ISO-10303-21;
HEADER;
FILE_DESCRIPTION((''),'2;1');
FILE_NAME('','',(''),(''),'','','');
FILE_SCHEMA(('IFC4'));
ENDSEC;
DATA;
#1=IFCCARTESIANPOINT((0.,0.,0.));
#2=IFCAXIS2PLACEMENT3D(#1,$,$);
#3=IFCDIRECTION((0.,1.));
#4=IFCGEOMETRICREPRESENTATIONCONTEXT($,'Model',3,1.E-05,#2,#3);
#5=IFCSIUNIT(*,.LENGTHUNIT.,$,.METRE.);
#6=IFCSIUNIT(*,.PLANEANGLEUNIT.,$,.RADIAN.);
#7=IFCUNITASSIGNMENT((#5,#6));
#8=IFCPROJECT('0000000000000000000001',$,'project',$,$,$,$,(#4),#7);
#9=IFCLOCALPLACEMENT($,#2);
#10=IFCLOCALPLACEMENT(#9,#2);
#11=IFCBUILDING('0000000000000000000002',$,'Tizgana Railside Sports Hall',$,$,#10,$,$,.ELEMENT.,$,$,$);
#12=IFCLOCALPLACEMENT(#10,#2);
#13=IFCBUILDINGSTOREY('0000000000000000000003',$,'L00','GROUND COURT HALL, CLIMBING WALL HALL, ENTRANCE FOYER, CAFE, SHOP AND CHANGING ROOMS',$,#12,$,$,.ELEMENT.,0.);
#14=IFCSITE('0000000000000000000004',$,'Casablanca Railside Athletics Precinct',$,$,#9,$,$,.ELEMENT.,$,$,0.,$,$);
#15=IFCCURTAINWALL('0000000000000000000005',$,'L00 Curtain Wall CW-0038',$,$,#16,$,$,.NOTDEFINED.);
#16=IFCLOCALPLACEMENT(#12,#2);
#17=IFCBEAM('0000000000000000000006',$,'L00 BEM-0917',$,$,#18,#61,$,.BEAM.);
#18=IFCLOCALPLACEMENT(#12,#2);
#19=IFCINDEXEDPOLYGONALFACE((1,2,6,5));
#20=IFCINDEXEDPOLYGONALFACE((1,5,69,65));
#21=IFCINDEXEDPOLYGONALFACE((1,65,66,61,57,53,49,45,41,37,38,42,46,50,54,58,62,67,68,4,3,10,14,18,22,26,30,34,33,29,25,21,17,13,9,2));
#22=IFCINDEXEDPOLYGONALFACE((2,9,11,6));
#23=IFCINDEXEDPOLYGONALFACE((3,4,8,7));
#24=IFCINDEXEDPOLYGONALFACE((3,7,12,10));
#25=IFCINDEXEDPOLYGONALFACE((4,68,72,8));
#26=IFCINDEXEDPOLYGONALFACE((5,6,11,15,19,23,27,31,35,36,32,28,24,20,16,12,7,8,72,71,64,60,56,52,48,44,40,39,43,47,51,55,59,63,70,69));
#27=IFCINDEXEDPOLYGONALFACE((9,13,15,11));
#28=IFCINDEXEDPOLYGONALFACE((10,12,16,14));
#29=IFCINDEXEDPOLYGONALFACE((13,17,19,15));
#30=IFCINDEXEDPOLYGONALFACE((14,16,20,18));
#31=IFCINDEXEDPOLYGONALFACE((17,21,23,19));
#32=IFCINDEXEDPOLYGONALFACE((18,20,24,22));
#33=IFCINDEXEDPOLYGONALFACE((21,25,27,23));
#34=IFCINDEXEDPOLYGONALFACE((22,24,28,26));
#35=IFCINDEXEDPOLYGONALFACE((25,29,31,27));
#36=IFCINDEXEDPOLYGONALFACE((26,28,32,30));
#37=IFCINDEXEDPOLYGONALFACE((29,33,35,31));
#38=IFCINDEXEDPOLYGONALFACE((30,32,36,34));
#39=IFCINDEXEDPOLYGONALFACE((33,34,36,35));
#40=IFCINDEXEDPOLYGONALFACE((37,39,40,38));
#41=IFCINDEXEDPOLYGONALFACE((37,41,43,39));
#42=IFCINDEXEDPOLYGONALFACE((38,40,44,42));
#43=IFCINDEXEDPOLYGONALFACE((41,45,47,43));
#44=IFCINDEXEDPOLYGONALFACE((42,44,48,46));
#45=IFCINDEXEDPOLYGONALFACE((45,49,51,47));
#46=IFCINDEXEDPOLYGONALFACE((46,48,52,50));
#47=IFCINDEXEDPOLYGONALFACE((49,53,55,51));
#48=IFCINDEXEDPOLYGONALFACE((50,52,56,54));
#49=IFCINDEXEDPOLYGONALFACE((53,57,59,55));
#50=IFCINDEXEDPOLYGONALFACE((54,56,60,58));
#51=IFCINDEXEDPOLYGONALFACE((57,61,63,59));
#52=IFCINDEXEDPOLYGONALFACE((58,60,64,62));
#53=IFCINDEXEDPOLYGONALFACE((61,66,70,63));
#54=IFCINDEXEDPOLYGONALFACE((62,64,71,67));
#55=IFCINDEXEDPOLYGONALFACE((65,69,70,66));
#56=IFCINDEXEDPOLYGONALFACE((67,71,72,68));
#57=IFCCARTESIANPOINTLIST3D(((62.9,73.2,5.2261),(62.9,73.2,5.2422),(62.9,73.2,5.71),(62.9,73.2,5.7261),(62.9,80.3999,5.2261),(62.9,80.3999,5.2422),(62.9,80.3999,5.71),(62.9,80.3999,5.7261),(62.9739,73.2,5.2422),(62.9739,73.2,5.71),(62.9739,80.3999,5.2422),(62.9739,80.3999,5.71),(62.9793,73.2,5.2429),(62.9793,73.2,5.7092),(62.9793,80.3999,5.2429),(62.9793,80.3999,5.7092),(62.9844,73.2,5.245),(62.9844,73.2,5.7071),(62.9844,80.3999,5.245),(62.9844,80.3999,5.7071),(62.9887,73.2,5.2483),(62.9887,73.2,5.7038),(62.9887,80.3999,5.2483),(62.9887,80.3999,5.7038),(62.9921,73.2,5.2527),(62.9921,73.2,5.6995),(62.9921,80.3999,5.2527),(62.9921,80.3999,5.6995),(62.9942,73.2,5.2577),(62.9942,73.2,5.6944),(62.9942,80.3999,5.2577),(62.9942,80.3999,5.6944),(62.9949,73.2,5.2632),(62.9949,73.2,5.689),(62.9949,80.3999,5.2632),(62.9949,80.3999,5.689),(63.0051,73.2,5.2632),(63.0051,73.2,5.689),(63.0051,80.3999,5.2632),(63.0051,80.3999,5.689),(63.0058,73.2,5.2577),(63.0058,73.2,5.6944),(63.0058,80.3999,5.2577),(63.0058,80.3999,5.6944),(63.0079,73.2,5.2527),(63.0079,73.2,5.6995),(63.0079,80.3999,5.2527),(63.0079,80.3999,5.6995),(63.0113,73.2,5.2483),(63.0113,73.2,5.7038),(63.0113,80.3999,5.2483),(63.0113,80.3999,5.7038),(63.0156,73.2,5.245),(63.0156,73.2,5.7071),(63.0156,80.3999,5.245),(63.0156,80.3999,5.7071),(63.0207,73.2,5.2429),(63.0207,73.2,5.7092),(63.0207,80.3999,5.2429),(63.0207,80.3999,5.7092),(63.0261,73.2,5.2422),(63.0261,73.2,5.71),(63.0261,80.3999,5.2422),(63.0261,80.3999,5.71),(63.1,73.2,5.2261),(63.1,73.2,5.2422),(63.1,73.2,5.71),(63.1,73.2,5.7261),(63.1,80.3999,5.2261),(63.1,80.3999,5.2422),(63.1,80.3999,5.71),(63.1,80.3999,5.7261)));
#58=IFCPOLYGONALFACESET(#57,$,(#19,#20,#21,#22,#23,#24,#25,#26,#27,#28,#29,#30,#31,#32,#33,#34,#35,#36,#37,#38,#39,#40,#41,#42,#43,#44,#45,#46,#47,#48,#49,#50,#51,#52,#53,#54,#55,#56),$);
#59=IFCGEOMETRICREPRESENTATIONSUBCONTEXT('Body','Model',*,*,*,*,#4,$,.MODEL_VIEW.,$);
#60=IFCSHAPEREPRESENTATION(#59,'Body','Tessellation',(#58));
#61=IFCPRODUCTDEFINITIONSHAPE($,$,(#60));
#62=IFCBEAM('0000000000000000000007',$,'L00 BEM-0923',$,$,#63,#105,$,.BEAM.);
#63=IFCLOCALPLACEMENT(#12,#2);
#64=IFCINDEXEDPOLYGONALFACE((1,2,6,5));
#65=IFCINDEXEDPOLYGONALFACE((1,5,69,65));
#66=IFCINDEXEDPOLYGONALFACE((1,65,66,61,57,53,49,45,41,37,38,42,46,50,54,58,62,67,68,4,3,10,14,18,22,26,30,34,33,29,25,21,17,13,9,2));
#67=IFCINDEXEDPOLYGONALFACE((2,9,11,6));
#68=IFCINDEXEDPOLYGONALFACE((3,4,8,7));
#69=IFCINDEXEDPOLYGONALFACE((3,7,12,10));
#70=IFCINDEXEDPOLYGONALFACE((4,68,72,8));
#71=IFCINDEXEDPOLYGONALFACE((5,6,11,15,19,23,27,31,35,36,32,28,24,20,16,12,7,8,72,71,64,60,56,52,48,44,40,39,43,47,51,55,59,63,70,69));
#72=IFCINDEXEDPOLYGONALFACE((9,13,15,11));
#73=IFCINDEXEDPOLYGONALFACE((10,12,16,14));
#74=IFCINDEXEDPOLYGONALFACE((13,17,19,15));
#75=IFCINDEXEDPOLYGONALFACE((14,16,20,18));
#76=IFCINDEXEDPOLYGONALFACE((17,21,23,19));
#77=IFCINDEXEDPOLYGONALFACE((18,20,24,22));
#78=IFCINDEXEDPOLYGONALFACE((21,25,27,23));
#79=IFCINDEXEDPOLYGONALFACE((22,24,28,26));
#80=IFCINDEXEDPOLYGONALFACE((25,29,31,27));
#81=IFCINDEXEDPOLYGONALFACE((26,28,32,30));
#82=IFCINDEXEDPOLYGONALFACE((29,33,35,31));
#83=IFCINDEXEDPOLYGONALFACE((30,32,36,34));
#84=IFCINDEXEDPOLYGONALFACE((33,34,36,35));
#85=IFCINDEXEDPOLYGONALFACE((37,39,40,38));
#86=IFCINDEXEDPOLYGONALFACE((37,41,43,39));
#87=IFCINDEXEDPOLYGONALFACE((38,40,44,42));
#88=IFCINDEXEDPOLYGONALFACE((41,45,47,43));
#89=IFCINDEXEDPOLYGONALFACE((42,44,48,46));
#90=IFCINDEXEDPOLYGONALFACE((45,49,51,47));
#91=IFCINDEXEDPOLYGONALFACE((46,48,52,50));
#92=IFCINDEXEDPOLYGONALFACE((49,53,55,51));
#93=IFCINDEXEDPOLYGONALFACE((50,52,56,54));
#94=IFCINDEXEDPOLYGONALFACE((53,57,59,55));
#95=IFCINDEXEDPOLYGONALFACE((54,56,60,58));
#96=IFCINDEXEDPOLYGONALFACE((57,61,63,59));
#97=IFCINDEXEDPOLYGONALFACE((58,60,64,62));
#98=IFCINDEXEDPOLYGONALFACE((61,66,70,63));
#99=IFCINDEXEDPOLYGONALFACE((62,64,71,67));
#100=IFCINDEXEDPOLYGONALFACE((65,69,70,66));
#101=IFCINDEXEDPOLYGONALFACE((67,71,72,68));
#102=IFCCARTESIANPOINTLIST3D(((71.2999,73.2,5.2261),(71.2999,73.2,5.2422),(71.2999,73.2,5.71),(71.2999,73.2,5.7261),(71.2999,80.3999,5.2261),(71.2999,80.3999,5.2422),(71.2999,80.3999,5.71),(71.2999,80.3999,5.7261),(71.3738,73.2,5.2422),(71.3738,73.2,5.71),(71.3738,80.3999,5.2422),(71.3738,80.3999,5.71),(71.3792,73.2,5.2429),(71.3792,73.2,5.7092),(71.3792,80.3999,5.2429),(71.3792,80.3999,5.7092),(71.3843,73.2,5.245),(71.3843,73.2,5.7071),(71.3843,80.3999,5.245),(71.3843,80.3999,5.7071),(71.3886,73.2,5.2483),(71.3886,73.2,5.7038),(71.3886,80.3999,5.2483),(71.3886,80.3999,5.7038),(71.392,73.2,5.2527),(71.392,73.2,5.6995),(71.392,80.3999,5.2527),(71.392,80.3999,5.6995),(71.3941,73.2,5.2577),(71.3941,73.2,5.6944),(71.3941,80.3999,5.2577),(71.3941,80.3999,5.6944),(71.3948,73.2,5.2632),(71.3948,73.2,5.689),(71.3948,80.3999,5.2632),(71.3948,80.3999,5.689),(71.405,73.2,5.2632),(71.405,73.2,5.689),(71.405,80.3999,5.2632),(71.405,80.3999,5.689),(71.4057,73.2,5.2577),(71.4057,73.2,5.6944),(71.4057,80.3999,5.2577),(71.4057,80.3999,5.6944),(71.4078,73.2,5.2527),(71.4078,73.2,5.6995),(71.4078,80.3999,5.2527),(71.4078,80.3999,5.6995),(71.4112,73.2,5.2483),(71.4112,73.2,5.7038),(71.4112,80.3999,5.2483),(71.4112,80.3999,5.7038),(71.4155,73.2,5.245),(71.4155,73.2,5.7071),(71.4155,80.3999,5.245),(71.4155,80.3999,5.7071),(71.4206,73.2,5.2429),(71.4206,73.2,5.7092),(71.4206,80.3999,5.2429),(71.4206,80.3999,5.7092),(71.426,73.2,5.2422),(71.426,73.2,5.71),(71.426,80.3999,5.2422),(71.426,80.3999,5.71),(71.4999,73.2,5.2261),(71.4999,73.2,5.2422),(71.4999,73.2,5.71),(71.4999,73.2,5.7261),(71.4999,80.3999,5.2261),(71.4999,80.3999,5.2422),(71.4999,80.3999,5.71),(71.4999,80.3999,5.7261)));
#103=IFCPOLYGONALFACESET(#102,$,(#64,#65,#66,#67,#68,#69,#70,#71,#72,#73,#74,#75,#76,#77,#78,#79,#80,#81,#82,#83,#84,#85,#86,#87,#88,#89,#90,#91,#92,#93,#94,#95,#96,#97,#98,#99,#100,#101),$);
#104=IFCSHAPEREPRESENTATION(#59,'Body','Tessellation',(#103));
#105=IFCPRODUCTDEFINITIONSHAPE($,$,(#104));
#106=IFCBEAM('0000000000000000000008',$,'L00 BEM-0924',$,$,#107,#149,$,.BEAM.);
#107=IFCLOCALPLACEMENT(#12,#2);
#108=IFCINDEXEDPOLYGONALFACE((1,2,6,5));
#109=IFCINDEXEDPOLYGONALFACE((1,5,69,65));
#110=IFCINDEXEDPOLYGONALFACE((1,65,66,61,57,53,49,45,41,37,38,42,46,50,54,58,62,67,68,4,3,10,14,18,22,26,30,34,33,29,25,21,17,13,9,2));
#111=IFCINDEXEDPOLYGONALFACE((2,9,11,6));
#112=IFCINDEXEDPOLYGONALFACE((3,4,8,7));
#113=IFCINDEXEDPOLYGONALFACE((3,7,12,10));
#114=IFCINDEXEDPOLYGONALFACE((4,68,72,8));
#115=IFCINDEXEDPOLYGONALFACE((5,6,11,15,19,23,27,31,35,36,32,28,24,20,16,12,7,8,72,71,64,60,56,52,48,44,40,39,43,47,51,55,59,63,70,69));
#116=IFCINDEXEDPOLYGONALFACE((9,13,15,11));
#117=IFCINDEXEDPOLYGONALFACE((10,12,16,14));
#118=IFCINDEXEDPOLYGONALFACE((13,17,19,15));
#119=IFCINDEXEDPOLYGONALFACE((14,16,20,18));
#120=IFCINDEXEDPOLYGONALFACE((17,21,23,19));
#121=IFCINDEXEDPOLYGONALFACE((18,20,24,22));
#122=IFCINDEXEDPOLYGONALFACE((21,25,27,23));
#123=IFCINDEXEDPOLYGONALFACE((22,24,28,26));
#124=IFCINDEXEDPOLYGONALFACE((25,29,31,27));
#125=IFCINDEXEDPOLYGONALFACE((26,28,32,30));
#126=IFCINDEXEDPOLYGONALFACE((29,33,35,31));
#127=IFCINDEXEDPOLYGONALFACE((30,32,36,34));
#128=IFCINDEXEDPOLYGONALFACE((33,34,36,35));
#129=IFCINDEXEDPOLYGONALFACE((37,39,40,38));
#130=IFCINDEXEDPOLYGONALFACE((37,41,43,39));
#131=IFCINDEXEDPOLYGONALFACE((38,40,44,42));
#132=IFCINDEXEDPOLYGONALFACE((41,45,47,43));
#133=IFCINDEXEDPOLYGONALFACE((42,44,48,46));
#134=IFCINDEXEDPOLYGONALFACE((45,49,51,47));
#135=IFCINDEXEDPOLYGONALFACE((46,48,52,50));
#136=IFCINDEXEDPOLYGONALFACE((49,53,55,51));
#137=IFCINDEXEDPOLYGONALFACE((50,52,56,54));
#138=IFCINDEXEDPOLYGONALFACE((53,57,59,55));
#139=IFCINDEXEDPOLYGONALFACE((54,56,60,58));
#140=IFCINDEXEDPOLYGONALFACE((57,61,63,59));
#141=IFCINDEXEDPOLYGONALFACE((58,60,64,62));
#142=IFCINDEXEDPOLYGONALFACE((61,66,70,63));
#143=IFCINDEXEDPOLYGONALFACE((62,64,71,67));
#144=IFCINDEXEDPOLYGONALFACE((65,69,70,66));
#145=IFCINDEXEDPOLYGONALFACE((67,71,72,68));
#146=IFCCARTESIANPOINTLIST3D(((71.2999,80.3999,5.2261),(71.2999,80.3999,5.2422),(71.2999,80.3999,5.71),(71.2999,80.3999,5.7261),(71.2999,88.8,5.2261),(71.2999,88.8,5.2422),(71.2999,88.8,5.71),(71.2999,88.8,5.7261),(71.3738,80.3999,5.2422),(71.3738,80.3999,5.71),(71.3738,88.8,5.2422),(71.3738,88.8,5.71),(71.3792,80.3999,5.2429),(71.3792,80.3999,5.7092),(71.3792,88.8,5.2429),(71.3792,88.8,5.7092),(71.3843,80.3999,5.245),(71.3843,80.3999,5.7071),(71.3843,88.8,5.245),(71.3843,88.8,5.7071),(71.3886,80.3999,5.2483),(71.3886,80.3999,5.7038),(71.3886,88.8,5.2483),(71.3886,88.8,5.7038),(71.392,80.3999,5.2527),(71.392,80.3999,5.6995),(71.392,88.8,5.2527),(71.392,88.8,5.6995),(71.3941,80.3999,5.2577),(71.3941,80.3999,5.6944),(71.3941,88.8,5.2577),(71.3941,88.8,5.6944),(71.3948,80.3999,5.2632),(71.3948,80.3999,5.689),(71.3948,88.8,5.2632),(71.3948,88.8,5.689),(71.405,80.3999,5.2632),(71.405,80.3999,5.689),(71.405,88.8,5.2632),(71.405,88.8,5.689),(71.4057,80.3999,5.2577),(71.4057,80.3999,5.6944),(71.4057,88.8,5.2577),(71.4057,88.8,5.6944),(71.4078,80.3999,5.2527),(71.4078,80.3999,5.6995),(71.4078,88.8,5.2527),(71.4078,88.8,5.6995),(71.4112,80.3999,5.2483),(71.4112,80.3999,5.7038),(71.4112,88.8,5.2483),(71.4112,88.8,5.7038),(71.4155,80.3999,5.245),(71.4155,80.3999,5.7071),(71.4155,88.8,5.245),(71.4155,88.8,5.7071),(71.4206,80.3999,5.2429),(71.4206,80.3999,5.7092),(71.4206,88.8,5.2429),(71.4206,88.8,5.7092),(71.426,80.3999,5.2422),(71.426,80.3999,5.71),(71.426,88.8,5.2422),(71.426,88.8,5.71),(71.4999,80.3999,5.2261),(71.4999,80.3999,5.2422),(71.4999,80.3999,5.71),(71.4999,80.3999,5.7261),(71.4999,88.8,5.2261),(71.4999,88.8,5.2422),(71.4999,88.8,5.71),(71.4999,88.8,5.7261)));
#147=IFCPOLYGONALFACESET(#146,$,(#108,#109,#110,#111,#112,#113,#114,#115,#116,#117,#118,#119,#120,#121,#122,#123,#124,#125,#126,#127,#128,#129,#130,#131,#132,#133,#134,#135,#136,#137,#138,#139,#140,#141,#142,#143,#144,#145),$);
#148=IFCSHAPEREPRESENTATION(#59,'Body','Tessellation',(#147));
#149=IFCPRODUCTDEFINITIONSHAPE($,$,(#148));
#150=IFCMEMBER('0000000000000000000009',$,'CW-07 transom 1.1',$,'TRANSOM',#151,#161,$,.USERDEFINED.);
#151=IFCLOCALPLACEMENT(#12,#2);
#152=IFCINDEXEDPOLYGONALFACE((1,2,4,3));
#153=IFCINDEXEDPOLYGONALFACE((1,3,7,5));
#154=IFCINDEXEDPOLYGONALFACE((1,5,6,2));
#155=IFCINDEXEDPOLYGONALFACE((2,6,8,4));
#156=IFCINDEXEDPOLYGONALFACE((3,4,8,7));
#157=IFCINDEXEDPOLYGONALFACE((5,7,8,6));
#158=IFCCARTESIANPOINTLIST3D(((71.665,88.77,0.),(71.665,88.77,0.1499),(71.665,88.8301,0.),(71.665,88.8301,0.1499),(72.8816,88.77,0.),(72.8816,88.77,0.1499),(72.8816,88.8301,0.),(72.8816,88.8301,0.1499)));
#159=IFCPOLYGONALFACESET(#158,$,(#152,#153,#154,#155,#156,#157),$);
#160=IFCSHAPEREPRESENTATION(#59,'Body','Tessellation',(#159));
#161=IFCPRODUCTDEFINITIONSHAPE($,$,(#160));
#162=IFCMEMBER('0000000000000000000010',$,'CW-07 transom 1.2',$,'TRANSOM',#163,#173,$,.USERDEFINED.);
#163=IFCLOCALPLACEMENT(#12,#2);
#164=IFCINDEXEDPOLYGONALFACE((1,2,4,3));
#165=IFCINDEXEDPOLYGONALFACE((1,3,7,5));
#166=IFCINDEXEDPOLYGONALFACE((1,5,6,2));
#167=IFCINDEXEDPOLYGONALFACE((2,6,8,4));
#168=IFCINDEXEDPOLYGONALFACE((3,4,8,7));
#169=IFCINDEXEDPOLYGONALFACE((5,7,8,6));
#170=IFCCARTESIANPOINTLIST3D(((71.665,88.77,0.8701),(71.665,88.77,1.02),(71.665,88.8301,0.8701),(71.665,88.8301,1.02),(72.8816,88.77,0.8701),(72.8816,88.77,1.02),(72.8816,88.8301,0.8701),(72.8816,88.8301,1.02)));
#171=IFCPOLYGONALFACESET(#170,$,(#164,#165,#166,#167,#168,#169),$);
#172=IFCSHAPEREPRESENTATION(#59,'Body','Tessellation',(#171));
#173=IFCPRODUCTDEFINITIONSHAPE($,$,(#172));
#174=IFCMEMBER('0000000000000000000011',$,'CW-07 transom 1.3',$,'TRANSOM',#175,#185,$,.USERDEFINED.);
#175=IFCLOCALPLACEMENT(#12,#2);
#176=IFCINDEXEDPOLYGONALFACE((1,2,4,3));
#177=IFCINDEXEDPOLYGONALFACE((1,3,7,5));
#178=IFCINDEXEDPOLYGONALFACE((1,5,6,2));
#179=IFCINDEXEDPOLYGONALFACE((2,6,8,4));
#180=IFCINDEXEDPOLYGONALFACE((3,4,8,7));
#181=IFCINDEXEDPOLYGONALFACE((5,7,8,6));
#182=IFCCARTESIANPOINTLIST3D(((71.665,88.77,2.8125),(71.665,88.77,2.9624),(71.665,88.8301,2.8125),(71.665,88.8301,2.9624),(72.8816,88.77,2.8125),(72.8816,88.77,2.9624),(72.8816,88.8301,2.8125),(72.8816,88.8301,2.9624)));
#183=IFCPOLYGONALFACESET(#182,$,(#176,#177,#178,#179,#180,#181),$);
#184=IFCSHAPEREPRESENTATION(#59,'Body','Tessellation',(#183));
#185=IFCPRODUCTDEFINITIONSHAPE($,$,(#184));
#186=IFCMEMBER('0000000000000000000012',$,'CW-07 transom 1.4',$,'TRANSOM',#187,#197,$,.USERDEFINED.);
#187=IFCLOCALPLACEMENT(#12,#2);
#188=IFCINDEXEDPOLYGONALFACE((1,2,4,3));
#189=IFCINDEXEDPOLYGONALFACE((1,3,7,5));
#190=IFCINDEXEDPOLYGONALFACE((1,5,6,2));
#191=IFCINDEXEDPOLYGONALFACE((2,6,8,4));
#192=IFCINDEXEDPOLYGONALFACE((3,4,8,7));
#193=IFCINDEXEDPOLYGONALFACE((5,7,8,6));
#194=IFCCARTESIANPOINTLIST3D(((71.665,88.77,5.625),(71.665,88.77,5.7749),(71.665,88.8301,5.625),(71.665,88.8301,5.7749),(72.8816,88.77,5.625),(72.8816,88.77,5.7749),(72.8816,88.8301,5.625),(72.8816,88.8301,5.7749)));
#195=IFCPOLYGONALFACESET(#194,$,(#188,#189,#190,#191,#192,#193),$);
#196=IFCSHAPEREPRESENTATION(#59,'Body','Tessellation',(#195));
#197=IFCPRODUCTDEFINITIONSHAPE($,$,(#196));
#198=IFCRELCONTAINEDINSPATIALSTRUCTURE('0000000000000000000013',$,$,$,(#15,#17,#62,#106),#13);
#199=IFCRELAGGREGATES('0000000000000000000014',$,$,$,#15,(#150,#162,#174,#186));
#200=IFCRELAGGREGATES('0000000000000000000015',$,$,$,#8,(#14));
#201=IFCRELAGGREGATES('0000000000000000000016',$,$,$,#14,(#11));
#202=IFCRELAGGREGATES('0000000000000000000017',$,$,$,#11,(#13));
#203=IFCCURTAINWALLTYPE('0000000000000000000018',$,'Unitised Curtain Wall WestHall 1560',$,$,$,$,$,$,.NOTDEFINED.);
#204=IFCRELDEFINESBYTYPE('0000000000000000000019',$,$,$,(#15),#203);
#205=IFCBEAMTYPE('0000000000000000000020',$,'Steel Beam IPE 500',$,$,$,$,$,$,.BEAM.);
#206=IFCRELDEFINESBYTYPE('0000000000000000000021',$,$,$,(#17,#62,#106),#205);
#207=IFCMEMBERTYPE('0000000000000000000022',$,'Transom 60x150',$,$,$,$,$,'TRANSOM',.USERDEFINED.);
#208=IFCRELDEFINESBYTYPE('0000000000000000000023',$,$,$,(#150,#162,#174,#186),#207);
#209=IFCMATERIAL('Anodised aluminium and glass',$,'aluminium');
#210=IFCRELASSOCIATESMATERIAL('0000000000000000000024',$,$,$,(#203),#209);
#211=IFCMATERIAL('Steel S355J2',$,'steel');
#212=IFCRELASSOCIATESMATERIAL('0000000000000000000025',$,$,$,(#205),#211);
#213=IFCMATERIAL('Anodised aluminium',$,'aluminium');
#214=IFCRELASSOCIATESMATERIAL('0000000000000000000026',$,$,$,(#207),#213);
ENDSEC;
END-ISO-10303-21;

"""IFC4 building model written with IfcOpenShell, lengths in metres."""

from ifc_helpers import new_model, si_unit, direction, frame, origin, origin_2d, place, context, subcontext, project, spatial, rectangle, i_section, extrude, material, material_profile, profile_set, type_object, element, aggregate, save


model = new_model("IFC4")

# Units and contexts
model_context = context("Model", 3, precision=1e-05, world=origin(), true_north=direction((0.0, 1.0)))
body_context = subcontext(model_context, "Body", "Model", "MODEL_VIEW")
ifc_project = project(units=[si_unit("LENGTHUNIT", "METRE"), si_unit("PLANEANGLEUNIT", "RADIAN")], contexts=[model_context])

# Site, building, storey
site_placement = place(None, origin())
site = spatial("IfcSite", under=ifc_project, at=site_placement, Name="Casablanca Railside Athletics Precinct", CompositionType="ELEMENT", RefElevation=0.0)
building_placement = place(site_placement, origin())
building = spatial("IfcBuilding", under=site, at=building_placement, Name="Tizgana Railside Sports Hall", CompositionType="ELEMENT")
storey_placement = place(building_placement, origin())
storey = spatial("IfcBuildingStorey", under=building, at=storey_placement, Name="L00", Description="GROUND COURT HALL, CLIMBING WALL HALL, ENTRANCE FOYER, CAFE, SHOP AND CHANGING ROOMS", CompositionType="ELEMENT", Elevation=0.0)

# Shared definitions
ifc_material_1 = material(Name="Steel S355J2", Category="steel")

# Curtain wall
ifc_material_2 = material(Name="Anodised aluminium and glass", Category="aluminium")
curtain_wall_type = type_object("IfcCurtainWallType", Name="Unitised Curtain Wall WestHall 1560", PredefinedType="NOTDEFINED", material=ifc_material_2)
curtain_wall_placement = place(storey_placement, origin())
curtain_wall = element("IfcCurtainWall", 1, at=curtain_wall_placement, inside=storey, type_object=curtain_wall_type, Name="L00 Curtain Wall CW-0038", PredefinedType="NOTDEFINED")
ifc_material_3 = material(Name="Anodised aluminium", Category="aluminium")

# Beams
ifc_material_profile_1 = material_profile(ifc_material_1, i_section(OverallWidth=0.2, OverallDepth=0.5, WebThickness=0.0103, FlangeThickness=0.0161, FilletRadius=0.021, at=origin_2d()), Name="IPE 500")
ifc_profile_set_1 = profile_set([ifc_material_profile_1], Name="Steel S355J2")
beam_type_1 = type_object("IfcBeamType", Name="Steel Beam IPE 500", PredefinedType="BEAM", material=ifc_profile_set_1)
for number, where, z_axis, x_axis, name in (
    (2, (63.0, 73.2, 5.4761), (0.0, 1.0, 0.0), (-1.0, 0.0, 0.0), "L00 BEM-0917"),
    (3, (71.3999, 73.2, 5.4761), (0.0, 1.0, 0.0), (-1.0, 0.0, 0.0), "L00 BEM-0923"),
):
    element("IfcBeam", number, at=place(storey_placement, frame(where, z_axis=z_axis, x_axis=x_axis)), inside=storey, type_object=beam_type_1, Name=name, PredefinedType="BEAM", context=body_context, shape_type="SweptSolid", body=[
        extrude(i_section(OverallWidth=0.2, OverallDepth=0.5, WebThickness=0.0103, FlangeThickness=0.0161, FilletRadius=0.021, at=origin_2d()), origin(), (0.0, 0.0, 1.0), 7.2),
    ])
beam_placement = place(storey_placement, frame((71.3999, 80.3999, 5.4761), z_axis=(0.0, 1.0, 0.0), x_axis=(-1.0, 0.0, 0.0)))
element("IfcBeam", 4, at=beam_placement, inside=storey, type_object=beam_type_1, Name="L00 BEM-0924", PredefinedType="BEAM", context=body_context, shape_type="SweptSolid", body=[
    extrude(i_section(OverallWidth=0.2, OverallDepth=0.5, WebThickness=0.0103, FlangeThickness=0.0161, FilletRadius=0.021, at=origin_2d()), origin(), (0.0, 0.0, 1.0), 8.4001),
])

# Members
ifc_material_profile_2 = material_profile(ifc_material_3, rectangle(XDim=0.0601, YDim=0.1499, at=origin_2d()), Name="Transom 60x150")
ifc_profile_set_2 = profile_set([ifc_material_profile_2], Name="Anodised aluminium")
member_type_1 = type_object("IfcMemberType", Name="Transom 60x150", ElementType="TRANSOM", PredefinedType="USERDEFINED", material=ifc_profile_set_2)
member_1_placement = place(storey_placement, frame((71.665, 88.8, 0.075), z_axis=(1.0, 0.0, 0.0), x_axis=(0.0, 1.0, 0.0)))
member_1 = element("IfcMember", 5, at=member_1_placement, type_object=member_type_1, Name="CW-07 transom 1.1", ObjectType="TRANSOM", PredefinedType="USERDEFINED", context=body_context, shape_type="SweptSolid", body=[
    extrude(rectangle(XDim=0.0601, YDim=0.1499, at=origin_2d()), origin(), (0.0, 0.0, 1.0), 1.2166),
])
member_2_placement = place(storey_placement, frame((71.665, 88.8, 0.9451), z_axis=(1.0, 0.0, 0.0), x_axis=(0.0, 1.0, 0.0)))
member_2 = element("IfcMember", 6, at=member_2_placement, type_object=member_type_1, Name="CW-07 transom 1.2", ObjectType="TRANSOM", PredefinedType="USERDEFINED", context=body_context, shape_type="SweptSolid", body=[
    extrude(rectangle(XDim=0.0601, YDim=0.1499, at=origin_2d()), origin(), (0.0, 0.0, 1.0), 1.2166),
])
member_3_placement = place(storey_placement, frame((71.665, 88.8, 2.8875), z_axis=(1.0, 0.0, 0.0), x_axis=(0.0, 1.0, 0.0)))
member_3 = element("IfcMember", 7, at=member_3_placement, type_object=member_type_1, Name="CW-07 transom 1.3", ObjectType="TRANSOM", PredefinedType="USERDEFINED", context=body_context, shape_type="SweptSolid", body=[
    extrude(rectangle(XDim=0.0601, YDim=0.1499, at=origin_2d()), origin(), (0.0, 0.0, 1.0), 1.2166),
])
member_4_placement = place(storey_placement, frame((71.665, 88.8, 5.7), z_axis=(1.0, 0.0, 0.0), x_axis=(0.0, 1.0, 0.0)))
member_4 = element("IfcMember", 8, at=member_4_placement, type_object=member_type_1, Name="CW-07 transom 1.4", ObjectType="TRANSOM", PredefinedType="USERDEFINED", context=body_context, shape_type="SweptSolid", body=[
    extrude(rectangle(XDim=0.0601, YDim=0.1499, at=origin_2d()), origin(), (0.0, 0.0, 1.0), 1.2166),
])

aggregate(curtain_wall, [member_1, member_2, member_3, member_4])

save(model, "model.ifc")
